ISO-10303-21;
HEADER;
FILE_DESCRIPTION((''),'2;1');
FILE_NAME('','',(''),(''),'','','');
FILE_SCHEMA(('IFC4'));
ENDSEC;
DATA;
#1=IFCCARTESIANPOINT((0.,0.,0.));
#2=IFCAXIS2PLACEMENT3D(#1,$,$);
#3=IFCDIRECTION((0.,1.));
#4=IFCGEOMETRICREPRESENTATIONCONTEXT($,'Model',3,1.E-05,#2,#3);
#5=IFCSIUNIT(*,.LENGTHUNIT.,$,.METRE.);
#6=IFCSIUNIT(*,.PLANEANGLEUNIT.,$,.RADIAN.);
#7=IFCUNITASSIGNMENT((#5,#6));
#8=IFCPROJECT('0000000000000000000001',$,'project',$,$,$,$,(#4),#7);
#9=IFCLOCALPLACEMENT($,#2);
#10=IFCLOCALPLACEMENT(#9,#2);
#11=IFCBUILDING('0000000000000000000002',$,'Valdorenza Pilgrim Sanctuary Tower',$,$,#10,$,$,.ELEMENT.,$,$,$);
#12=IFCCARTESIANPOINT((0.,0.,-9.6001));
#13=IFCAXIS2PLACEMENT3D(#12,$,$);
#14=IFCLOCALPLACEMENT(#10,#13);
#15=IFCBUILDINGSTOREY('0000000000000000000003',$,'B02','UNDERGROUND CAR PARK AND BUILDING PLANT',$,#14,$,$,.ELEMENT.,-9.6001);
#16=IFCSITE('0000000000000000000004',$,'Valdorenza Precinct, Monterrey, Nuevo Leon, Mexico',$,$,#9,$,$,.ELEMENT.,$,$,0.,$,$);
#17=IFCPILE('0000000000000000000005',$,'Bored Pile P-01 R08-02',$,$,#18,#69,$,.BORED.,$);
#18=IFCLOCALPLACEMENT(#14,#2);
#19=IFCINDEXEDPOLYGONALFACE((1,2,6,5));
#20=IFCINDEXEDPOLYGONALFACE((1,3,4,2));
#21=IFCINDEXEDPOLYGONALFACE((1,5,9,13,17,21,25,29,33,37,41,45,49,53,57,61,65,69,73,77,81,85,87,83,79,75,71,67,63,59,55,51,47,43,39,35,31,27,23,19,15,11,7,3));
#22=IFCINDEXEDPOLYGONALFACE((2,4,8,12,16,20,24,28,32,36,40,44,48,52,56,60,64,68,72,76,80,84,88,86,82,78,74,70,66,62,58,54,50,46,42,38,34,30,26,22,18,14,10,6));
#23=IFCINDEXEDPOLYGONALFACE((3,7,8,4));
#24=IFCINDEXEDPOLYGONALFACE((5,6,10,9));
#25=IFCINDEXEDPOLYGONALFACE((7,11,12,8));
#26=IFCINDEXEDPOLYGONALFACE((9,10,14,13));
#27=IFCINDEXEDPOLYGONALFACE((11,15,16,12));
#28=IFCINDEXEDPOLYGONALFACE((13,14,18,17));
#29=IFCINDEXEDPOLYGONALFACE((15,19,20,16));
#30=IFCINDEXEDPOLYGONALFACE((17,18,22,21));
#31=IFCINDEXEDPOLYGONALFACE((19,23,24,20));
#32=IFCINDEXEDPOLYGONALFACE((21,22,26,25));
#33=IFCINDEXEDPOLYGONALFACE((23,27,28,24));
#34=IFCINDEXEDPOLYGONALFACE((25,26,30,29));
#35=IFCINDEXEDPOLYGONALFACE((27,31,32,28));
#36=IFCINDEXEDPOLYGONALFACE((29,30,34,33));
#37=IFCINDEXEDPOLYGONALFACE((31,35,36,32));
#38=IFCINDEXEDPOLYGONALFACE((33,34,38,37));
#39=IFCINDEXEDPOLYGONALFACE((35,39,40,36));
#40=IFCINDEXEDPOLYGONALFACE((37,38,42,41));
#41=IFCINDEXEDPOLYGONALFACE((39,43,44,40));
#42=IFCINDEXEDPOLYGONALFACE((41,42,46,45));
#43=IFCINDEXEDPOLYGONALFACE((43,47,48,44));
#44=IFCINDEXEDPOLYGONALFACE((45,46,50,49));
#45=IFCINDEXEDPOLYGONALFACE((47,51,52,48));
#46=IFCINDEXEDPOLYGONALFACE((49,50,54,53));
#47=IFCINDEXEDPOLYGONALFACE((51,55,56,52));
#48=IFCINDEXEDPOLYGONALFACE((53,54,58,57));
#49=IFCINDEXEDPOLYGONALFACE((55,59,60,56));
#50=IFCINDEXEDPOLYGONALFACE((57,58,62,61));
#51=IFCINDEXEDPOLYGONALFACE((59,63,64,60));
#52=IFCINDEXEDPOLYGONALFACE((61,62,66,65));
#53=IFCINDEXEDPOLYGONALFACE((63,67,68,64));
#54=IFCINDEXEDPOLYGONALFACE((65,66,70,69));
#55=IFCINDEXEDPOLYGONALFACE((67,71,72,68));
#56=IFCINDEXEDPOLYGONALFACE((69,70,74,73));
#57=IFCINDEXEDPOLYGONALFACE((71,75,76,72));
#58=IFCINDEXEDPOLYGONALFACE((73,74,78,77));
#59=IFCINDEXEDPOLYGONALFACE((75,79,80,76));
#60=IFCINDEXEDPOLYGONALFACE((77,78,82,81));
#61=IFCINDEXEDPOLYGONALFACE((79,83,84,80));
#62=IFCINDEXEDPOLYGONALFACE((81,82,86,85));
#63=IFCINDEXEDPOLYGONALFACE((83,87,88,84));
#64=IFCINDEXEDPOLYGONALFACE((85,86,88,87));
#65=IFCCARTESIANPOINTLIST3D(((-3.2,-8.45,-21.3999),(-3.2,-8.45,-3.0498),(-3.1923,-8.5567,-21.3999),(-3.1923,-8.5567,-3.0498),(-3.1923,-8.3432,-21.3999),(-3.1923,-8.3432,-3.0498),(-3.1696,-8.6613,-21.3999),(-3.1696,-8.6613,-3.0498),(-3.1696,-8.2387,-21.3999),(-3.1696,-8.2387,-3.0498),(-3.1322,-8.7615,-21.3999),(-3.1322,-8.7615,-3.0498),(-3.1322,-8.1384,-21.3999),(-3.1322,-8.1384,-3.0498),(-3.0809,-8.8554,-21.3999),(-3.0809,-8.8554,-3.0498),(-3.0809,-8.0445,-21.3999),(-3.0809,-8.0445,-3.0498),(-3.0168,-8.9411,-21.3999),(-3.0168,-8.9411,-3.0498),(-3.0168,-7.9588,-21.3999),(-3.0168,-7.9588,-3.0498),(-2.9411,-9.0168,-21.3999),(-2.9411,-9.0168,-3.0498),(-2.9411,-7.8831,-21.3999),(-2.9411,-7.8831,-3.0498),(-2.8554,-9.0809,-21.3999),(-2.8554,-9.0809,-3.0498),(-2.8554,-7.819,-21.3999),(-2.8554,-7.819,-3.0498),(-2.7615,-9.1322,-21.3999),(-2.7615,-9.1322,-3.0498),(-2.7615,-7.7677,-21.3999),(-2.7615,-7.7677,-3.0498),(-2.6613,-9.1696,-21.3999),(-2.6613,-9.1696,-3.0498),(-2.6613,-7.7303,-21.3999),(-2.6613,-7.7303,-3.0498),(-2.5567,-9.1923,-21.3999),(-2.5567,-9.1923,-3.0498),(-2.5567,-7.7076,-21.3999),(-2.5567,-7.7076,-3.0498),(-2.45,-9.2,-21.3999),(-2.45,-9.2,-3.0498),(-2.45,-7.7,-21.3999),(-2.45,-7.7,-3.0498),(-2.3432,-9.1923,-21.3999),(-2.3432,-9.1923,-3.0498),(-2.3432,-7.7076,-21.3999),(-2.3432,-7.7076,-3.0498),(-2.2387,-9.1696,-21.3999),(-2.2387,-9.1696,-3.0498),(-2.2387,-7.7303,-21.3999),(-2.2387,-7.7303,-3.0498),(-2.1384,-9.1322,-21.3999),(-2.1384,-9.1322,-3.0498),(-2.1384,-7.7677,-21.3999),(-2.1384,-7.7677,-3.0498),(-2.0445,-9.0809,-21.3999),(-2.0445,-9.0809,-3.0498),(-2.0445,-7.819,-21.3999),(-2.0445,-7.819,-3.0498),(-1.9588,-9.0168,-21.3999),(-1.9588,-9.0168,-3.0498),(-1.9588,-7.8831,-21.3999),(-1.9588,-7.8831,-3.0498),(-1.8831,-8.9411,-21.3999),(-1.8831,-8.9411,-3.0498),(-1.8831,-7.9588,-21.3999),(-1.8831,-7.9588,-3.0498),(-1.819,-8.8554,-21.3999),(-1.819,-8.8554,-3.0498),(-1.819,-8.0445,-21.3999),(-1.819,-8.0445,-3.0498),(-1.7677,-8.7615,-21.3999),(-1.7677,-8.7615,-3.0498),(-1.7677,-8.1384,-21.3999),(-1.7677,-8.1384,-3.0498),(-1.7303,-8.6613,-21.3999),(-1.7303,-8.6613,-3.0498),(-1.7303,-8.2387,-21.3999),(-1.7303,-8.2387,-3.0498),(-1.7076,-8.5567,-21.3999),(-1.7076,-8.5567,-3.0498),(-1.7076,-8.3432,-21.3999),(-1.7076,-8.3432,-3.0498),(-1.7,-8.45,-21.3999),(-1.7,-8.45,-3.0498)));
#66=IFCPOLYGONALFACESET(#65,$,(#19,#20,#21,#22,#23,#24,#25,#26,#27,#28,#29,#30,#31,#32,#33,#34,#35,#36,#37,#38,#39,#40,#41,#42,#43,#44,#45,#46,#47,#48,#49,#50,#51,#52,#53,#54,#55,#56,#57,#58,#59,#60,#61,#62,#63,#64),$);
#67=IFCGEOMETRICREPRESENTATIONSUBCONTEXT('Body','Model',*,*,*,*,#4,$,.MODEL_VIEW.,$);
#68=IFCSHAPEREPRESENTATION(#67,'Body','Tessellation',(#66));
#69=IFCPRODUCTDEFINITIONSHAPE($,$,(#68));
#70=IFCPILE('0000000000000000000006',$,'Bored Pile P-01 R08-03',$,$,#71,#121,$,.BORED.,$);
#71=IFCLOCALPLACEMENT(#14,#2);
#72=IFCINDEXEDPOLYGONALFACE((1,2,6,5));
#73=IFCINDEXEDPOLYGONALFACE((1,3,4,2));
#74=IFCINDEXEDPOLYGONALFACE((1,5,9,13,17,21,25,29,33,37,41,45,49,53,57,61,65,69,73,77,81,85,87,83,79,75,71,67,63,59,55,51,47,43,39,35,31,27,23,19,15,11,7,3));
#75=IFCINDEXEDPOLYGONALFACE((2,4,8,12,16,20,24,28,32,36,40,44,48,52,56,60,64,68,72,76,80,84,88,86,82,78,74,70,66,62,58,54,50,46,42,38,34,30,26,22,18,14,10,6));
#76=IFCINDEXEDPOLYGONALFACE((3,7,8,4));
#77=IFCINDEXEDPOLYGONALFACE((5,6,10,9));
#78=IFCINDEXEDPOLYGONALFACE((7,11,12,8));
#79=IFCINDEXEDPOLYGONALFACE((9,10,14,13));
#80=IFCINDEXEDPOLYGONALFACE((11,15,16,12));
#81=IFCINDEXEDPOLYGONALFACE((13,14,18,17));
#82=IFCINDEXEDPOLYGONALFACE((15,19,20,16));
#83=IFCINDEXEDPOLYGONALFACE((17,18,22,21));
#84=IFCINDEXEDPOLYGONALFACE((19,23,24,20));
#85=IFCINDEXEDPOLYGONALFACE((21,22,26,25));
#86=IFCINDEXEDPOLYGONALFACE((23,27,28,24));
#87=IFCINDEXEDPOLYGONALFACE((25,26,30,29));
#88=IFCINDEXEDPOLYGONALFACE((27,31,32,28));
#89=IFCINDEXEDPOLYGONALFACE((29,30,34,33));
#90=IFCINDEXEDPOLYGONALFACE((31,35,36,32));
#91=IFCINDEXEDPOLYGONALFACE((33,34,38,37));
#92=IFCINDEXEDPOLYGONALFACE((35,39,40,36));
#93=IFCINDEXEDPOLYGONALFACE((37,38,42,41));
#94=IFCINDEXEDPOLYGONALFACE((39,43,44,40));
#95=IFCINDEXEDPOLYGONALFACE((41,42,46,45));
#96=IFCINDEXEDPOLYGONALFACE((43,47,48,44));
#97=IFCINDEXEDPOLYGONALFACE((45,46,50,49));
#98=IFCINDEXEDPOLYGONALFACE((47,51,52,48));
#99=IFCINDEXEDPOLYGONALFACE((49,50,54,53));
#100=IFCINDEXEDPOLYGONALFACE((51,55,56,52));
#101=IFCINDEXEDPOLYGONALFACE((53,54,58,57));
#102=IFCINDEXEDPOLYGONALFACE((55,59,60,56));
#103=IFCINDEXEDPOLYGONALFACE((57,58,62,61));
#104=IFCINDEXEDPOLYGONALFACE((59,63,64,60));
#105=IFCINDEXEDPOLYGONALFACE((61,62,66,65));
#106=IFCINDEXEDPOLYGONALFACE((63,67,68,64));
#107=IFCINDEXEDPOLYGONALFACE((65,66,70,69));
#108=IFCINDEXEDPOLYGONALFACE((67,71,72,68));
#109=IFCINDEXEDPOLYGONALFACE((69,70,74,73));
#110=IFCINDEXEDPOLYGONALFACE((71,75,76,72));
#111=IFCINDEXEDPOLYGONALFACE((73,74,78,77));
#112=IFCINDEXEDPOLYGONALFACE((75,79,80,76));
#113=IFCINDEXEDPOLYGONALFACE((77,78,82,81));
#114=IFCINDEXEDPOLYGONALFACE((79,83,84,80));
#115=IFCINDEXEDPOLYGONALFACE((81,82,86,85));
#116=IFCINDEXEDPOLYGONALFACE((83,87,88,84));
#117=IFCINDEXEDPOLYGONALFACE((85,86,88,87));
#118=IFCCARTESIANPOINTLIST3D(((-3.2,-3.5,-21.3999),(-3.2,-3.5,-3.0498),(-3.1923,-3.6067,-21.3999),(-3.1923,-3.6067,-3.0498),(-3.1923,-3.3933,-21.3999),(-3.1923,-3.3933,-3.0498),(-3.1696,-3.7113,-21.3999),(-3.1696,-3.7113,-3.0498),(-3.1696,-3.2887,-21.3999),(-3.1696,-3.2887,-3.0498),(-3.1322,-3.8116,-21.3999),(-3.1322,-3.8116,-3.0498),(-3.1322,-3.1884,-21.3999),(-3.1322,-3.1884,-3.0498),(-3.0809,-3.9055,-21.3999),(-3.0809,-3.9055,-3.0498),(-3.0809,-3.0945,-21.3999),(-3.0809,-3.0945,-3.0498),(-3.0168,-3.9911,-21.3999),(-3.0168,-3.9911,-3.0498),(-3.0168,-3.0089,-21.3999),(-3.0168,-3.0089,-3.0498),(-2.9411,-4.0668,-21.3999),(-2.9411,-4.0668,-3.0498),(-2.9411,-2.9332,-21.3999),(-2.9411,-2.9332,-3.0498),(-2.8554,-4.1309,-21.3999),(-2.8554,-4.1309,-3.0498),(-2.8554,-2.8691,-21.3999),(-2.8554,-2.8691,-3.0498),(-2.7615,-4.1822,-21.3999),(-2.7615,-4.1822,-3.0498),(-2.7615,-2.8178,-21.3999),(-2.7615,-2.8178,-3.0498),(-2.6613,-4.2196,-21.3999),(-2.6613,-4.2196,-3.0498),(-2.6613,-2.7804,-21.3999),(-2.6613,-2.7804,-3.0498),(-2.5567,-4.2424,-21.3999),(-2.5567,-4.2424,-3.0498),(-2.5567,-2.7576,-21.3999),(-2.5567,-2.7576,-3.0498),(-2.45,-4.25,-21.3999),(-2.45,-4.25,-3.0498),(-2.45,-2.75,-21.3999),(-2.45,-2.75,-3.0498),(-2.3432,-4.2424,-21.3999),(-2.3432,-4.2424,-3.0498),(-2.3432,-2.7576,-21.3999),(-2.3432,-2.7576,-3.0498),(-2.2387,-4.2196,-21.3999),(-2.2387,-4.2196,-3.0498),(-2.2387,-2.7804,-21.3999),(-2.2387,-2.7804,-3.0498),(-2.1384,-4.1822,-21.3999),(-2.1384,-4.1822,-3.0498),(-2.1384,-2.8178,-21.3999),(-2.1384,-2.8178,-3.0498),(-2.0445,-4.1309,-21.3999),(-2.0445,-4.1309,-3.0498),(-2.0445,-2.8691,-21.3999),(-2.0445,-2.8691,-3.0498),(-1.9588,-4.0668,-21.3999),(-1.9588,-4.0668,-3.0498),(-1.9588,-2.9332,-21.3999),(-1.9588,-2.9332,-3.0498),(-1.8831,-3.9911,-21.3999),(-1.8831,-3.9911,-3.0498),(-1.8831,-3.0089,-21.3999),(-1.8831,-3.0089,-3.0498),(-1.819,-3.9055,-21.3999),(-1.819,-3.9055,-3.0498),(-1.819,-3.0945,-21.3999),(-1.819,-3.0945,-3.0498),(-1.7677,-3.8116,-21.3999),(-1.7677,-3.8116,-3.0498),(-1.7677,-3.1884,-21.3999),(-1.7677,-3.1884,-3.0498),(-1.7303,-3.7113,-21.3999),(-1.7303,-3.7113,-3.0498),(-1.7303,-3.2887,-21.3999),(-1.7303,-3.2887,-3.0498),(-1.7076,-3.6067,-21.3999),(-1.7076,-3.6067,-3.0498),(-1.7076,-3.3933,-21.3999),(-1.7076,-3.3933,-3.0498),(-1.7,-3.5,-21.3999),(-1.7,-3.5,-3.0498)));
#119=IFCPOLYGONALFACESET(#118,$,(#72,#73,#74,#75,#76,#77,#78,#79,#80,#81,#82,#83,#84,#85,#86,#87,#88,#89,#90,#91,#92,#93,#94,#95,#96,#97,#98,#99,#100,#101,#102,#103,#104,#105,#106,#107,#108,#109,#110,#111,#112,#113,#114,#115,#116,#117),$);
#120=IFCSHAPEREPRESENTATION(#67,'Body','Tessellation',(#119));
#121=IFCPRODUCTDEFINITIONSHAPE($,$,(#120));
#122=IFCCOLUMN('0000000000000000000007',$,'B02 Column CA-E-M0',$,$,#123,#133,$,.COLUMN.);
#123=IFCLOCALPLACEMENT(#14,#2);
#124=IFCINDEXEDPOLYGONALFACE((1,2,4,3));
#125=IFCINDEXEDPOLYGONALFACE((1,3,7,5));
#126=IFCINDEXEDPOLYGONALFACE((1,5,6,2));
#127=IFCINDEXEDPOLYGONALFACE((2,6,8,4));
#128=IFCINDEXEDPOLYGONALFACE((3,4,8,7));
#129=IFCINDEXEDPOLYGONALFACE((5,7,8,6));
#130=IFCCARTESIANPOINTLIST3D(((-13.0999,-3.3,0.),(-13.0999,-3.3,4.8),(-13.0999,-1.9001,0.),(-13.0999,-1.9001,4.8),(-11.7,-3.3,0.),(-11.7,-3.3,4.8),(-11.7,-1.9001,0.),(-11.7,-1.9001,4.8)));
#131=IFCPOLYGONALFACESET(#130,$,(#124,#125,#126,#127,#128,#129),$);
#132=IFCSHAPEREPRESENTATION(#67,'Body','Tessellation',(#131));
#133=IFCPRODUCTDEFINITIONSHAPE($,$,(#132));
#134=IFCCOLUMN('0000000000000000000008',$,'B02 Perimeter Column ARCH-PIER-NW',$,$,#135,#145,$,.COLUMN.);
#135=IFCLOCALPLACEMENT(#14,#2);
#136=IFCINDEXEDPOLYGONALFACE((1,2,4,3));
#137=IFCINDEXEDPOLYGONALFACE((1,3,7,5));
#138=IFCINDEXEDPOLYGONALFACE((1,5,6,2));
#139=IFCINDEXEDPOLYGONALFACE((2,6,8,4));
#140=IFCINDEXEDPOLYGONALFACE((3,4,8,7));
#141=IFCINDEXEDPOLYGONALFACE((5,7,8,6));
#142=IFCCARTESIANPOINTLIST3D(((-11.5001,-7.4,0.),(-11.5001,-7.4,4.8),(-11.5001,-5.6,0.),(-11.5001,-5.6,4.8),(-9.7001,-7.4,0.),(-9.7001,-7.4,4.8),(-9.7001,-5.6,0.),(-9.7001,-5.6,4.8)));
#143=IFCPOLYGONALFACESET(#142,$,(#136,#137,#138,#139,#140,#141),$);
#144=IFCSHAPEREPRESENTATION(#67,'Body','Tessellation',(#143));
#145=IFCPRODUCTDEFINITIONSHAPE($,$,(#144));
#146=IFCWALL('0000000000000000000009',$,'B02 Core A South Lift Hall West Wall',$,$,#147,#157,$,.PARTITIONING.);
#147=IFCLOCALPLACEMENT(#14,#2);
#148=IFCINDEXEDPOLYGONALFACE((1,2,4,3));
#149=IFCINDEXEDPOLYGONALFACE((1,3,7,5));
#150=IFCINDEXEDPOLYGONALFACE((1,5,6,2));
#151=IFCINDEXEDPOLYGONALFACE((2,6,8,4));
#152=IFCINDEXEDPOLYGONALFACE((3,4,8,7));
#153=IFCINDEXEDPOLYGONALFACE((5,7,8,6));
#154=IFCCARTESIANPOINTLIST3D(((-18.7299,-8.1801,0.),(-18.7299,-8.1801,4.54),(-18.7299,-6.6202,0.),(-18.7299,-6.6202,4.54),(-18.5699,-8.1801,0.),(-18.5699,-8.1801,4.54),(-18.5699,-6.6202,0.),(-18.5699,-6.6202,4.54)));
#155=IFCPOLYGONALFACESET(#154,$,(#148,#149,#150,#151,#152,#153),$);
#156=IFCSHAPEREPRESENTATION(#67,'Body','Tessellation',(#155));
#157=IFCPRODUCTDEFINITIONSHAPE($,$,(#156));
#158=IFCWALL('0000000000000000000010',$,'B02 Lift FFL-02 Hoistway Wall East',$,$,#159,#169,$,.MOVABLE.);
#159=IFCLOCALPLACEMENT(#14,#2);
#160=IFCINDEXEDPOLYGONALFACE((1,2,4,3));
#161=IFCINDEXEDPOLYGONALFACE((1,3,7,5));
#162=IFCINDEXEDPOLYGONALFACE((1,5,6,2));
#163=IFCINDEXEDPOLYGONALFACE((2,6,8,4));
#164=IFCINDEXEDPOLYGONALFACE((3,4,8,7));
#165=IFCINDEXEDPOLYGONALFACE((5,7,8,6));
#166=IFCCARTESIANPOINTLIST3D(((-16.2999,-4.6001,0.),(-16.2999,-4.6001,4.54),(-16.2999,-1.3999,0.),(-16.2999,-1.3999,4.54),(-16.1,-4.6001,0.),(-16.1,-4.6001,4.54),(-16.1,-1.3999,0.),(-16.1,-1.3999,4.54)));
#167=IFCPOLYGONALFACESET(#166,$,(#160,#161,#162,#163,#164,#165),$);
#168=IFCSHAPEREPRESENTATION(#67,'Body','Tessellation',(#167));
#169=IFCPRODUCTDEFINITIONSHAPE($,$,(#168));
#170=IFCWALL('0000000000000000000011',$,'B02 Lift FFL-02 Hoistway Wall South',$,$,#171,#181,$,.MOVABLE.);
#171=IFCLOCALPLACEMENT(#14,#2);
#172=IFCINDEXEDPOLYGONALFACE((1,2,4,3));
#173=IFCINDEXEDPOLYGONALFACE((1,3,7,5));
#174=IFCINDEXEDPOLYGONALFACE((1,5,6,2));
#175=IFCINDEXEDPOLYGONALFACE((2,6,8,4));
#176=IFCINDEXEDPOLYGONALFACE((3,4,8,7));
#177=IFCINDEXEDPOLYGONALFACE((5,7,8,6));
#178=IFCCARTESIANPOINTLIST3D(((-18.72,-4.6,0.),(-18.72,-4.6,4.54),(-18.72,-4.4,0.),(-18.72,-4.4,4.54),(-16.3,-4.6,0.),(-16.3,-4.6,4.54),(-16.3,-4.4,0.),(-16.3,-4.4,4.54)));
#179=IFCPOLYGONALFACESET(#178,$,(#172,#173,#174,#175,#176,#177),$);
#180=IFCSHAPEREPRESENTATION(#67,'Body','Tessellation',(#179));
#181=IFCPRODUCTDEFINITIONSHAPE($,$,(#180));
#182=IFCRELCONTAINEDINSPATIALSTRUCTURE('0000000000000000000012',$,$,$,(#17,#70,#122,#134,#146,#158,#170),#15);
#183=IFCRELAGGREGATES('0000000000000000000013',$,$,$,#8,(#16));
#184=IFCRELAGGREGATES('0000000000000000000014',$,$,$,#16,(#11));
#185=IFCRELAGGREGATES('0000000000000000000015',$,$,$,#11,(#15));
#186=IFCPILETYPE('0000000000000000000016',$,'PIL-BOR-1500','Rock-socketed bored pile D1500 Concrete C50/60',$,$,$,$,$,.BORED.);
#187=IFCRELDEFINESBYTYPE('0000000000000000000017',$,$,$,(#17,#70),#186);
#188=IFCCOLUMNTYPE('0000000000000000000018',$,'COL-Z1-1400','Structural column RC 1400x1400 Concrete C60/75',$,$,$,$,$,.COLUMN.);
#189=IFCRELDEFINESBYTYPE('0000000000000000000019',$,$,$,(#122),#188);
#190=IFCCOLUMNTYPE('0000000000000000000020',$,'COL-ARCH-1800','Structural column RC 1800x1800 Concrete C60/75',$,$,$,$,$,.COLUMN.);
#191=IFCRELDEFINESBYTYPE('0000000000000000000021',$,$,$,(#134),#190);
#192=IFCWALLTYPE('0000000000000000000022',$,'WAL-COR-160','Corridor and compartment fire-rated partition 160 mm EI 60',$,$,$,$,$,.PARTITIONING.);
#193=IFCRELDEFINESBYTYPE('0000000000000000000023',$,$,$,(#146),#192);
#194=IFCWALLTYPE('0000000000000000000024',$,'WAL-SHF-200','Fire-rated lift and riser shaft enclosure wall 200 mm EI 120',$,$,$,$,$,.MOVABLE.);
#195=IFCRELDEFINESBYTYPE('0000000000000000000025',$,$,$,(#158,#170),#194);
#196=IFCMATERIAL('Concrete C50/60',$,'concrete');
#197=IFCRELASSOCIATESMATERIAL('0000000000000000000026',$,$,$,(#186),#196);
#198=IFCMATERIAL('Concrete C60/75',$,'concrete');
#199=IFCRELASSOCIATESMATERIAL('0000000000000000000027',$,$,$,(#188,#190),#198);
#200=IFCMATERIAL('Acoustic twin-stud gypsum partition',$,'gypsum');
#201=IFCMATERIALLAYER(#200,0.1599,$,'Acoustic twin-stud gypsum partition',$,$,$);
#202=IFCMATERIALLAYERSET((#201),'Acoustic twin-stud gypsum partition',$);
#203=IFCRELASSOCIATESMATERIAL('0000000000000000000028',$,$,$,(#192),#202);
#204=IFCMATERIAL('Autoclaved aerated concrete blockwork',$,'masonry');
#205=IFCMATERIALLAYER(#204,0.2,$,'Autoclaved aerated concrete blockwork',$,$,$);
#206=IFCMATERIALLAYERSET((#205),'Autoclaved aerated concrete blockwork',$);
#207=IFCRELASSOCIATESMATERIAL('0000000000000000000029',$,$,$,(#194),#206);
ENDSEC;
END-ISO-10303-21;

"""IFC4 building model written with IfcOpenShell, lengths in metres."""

from ifc_helpers import new_model, si_unit, direction, frame, frame_2d, origin, origin_2d, place, context, subcontext, project, spatial, rectangle, circle, extrude, source, transform, mapped, material, layer, layer_set, material_profile, profile_set, type_object, element, save


model = new_model("IFC4")

# Units and contexts
model_context = context("Model", 3, precision=1e-05, world=origin(), true_north=direction((0.0, 1.0)))
body_context = subcontext(model_context, "Body", "Model", "MODEL_VIEW")
ifc_project = project(units=[si_unit("LENGTHUNIT", "METRE"), si_unit("PLANEANGLEUNIT", "RADIAN")], contexts=[model_context])

# Site, building, storey
site_placement = place(None, origin())
site = spatial("IfcSite", under=ifc_project, at=site_placement, Name="Valdorenza Precinct, Monterrey, Nuevo Leon, Mexico", CompositionType="ELEMENT", RefElevation=0.0)
building_placement = place(site_placement, origin())
building = spatial("IfcBuilding", under=site, at=building_placement, Name="Valdorenza Pilgrim Sanctuary Tower", CompositionType="ELEMENT")
storey_placement = place(building_placement, frame((0.0, 0.0, -9.6001)))
storey = spatial("IfcBuildingStorey", under=building, at=storey_placement, Name="B02", Description="UNDERGROUND CAR PARK AND BUILDING PLANT", CompositionType="ELEMENT", Elevation=-9.6001)

# Piles
ifc_material_1 = material(Name="Concrete C50/60", Category="concrete")
ifc_material_profile_1 = material_profile(ifc_material_1, circle(Radius=0.75, at=origin_2d()), Name="BORED PILE 1500")
ifc_profile_set_1 = profile_set([ifc_material_profile_1], Name="Concrete C50/60")
pile_type = type_object("IfcPileType", Name="PIL-BOR-1500", Description="Rock-socketed bored pile D1500 Concrete C50/60", PredefinedType="BORED", material=ifc_profile_set_1)
shared_shape_1 = source(origin(), body_context, "Body", "SweptSolid", [
    extrude(circle(Radius=0.75, at=origin_2d()), origin(), (0.0, 0.0, 1.0), 18.3501),
])
for number, where, z_axis, x_axis, name in (
    (1, (-2.45, -8.45, -3.0498), (0.0, 0.0, -1.0), (1.0, 0.0, 0.0), "Bored Pile P-01 R08-02"),
    (2, (-2.45, -3.5, -3.0498), (0.0, 0.0, -1.0), (1.0, 0.0, 0.0), "Bored Pile P-01 R08-03"),
):
    element("IfcPile", number, at=place(storey_placement, frame(where, z_axis=z_axis, x_axis=x_axis)), inside=storey, type_object=pile_type, Name=name, PredefinedType="BORED", context=body_context, shape_type="MappedRepresentation", body=[
        mapped(shared_shape_1, transform((0.0, 0.0, 0.0), x_axis=(1.0, 0.0, 0.0), y_axis=(0.0, 1.0, 0.0), z_axis=(0.0, 0.0, 1.0), scale=1.0)),
    ])

# Columns
ifc_material_2 = material(Name="Concrete C60/75", Category="concrete")
ifc_material_profile_2 = material_profile(ifc_material_2, rectangle(XDim=1.3999, YDim=1.3999, at=origin_2d()), Name="RC 1400x1400")
ifc_profile_set_2 = profile_set([ifc_material_profile_2], Name="Concrete C60/75")
column_type_1 = type_object("IfcColumnType", Name="COL-Z1-1400", Description="Structural column RC 1400x1400 Concrete C60/75", PredefinedType="COLUMN", material=ifc_profile_set_2)
shared_shape_2 = source(origin(), body_context, "Body", "SweptSolid", [
    extrude(rectangle(XDim=1.3999, YDim=1.3999, at=origin_2d()), origin(), (0.0, 0.0, 1.0), 4.8),
])
column_1_placement = place(storey_placement, frame((-12.3999, -2.6001, 0.0), z_axis=(0.0, 0.0, 1.0), x_axis=(1.0, 0.0, 0.0)))
element("IfcColumn", 3, at=column_1_placement, inside=storey, type_object=column_type_1, Name="B02 Column CA-E-M0", PredefinedType="COLUMN", context=body_context, shape_type="MappedRepresentation", body=[
    mapped(shared_shape_2, transform((0.0, 0.0, 0.0), x_axis=(1.0, 0.0, 0.0), y_axis=(0.0, 1.0, 0.0), z_axis=(0.0, 0.0, 1.0), scale=1.0)),
])
ifc_material_profile_3 = material_profile(ifc_material_2, rectangle(XDim=1.8, YDim=1.8, at=origin_2d()), Name="RC 1800x1800")
ifc_profile_set_3 = profile_set([ifc_material_profile_3], Name="Concrete C60/75")
column_type_2 = type_object("IfcColumnType", Name="COL-ARCH-1800", Description="Structural column RC 1800x1800 Concrete C60/75", PredefinedType="COLUMN", material=ifc_profile_set_3)
shared_shape_3 = source(origin(), body_context, "Body", "SweptSolid", [
    extrude(rectangle(XDim=1.8, YDim=1.8, at=origin_2d()), origin(), (0.0, 0.0, 1.0), 4.8),
])
column_2_placement = place(storey_placement, frame((-10.6001, -6.5, 0.0), z_axis=(0.0, 0.0, 1.0), x_axis=(1.0, 0.0, 0.0)))
element("IfcColumn", 4, at=column_2_placement, inside=storey, type_object=column_type_2, Name="B02 Perimeter Column ARCH-PIER-NW", PredefinedType="COLUMN", context=body_context, shape_type="MappedRepresentation", body=[
    mapped(shared_shape_3, transform((0.0, 0.0, 0.0), x_axis=(1.0, 0.0, 0.0), y_axis=(0.0, 1.0, 0.0), z_axis=(0.0, 0.0, 1.0), scale=1.0)),
])

# Walls
ifc_material_3 = material(Name="Acoustic twin-stud gypsum partition", Category="gypsum")
ifc_layer_1 = layer(ifc_material_3, 0.1599, Name="Acoustic twin-stud gypsum partition")
ifc_layer_set_1 = layer_set([ifc_layer_1], Name="Acoustic twin-stud gypsum partition")
wall_type_1 = type_object("IfcWallType", Name="WAL-COR-160", Description="Corridor and compartment fire-rated partition 160 mm EI 60", PredefinedType="PARTITIONING", material=ifc_layer_set_1)
wall_1_placement = place(storey_placement, frame((-18.6499, -8.1799, 0.0), z_axis=(0.0, 0.0, 1.0), x_axis=(0.0, 1.0, 0.0)))
element("IfcWall", 5, at=wall_1_placement, inside=storey, type_object=wall_type_1, Name="B02 Core A South Lift Hall West Wall", PredefinedType="PARTITIONING", context=body_context, shape_type="SweptSolid", body=[
    extrude(rectangle(XDim=1.5598, YDim=0.1599, at=frame_2d((0.7798, 0.0))), origin(), (0.0, 0.0, 1.0), 4.54),
])
ifc_material_4 = material(Name="Autoclaved aerated concrete blockwork", Category="masonry")
ifc_layer_2 = layer(ifc_material_4, 0.2, Name="Autoclaved aerated concrete blockwork")
ifc_layer_set_2 = layer_set([ifc_layer_2], Name="Autoclaved aerated concrete blockwork")
wall_type_2 = type_object("IfcWallType", Name="WAL-SHF-200", Description="Fire-rated lift and riser shaft enclosure wall 200 mm EI 120", PredefinedType="MOVABLE", material=ifc_layer_set_2)
wall_2_placement = place(storey_placement, frame((-16.2, -4.6001, 0.0), z_axis=(0.0, 0.0, 1.0), x_axis=(0.0, 1.0, 0.0)))
element("IfcWall", 6, at=wall_2_placement, inside=storey, type_object=wall_type_2, Name="B02 Lift FFL-02 Hoistway Wall East", PredefinedType="MOVABLE", context=body_context, shape_type="SweptSolid", body=[
    extrude(rectangle(XDim=3.2002, YDim=0.2, at=frame_2d((1.6001, 0.0))), origin(), (0.0, 0.0, 1.0), 4.54),
])
wall_3_placement = place(storey_placement, frame((-18.72, -4.5, 0.0), z_axis=(0.0, 0.0, 1.0), x_axis=(1.0, 0.0, 0.0)))
element("IfcWall", 7, at=wall_3_placement, inside=storey, type_object=wall_type_2, Name="B02 Lift FFL-02 Hoistway Wall South", PredefinedType="MOVABLE", context=body_context, shape_type="SweptSolid", body=[
    extrude(rectangle(XDim=2.4199, YDim=0.2, at=frame_2d((1.21, 0.0))), origin(), (0.0, 0.0, 1.0), 4.54),
])

save(model, "model.ifc")
